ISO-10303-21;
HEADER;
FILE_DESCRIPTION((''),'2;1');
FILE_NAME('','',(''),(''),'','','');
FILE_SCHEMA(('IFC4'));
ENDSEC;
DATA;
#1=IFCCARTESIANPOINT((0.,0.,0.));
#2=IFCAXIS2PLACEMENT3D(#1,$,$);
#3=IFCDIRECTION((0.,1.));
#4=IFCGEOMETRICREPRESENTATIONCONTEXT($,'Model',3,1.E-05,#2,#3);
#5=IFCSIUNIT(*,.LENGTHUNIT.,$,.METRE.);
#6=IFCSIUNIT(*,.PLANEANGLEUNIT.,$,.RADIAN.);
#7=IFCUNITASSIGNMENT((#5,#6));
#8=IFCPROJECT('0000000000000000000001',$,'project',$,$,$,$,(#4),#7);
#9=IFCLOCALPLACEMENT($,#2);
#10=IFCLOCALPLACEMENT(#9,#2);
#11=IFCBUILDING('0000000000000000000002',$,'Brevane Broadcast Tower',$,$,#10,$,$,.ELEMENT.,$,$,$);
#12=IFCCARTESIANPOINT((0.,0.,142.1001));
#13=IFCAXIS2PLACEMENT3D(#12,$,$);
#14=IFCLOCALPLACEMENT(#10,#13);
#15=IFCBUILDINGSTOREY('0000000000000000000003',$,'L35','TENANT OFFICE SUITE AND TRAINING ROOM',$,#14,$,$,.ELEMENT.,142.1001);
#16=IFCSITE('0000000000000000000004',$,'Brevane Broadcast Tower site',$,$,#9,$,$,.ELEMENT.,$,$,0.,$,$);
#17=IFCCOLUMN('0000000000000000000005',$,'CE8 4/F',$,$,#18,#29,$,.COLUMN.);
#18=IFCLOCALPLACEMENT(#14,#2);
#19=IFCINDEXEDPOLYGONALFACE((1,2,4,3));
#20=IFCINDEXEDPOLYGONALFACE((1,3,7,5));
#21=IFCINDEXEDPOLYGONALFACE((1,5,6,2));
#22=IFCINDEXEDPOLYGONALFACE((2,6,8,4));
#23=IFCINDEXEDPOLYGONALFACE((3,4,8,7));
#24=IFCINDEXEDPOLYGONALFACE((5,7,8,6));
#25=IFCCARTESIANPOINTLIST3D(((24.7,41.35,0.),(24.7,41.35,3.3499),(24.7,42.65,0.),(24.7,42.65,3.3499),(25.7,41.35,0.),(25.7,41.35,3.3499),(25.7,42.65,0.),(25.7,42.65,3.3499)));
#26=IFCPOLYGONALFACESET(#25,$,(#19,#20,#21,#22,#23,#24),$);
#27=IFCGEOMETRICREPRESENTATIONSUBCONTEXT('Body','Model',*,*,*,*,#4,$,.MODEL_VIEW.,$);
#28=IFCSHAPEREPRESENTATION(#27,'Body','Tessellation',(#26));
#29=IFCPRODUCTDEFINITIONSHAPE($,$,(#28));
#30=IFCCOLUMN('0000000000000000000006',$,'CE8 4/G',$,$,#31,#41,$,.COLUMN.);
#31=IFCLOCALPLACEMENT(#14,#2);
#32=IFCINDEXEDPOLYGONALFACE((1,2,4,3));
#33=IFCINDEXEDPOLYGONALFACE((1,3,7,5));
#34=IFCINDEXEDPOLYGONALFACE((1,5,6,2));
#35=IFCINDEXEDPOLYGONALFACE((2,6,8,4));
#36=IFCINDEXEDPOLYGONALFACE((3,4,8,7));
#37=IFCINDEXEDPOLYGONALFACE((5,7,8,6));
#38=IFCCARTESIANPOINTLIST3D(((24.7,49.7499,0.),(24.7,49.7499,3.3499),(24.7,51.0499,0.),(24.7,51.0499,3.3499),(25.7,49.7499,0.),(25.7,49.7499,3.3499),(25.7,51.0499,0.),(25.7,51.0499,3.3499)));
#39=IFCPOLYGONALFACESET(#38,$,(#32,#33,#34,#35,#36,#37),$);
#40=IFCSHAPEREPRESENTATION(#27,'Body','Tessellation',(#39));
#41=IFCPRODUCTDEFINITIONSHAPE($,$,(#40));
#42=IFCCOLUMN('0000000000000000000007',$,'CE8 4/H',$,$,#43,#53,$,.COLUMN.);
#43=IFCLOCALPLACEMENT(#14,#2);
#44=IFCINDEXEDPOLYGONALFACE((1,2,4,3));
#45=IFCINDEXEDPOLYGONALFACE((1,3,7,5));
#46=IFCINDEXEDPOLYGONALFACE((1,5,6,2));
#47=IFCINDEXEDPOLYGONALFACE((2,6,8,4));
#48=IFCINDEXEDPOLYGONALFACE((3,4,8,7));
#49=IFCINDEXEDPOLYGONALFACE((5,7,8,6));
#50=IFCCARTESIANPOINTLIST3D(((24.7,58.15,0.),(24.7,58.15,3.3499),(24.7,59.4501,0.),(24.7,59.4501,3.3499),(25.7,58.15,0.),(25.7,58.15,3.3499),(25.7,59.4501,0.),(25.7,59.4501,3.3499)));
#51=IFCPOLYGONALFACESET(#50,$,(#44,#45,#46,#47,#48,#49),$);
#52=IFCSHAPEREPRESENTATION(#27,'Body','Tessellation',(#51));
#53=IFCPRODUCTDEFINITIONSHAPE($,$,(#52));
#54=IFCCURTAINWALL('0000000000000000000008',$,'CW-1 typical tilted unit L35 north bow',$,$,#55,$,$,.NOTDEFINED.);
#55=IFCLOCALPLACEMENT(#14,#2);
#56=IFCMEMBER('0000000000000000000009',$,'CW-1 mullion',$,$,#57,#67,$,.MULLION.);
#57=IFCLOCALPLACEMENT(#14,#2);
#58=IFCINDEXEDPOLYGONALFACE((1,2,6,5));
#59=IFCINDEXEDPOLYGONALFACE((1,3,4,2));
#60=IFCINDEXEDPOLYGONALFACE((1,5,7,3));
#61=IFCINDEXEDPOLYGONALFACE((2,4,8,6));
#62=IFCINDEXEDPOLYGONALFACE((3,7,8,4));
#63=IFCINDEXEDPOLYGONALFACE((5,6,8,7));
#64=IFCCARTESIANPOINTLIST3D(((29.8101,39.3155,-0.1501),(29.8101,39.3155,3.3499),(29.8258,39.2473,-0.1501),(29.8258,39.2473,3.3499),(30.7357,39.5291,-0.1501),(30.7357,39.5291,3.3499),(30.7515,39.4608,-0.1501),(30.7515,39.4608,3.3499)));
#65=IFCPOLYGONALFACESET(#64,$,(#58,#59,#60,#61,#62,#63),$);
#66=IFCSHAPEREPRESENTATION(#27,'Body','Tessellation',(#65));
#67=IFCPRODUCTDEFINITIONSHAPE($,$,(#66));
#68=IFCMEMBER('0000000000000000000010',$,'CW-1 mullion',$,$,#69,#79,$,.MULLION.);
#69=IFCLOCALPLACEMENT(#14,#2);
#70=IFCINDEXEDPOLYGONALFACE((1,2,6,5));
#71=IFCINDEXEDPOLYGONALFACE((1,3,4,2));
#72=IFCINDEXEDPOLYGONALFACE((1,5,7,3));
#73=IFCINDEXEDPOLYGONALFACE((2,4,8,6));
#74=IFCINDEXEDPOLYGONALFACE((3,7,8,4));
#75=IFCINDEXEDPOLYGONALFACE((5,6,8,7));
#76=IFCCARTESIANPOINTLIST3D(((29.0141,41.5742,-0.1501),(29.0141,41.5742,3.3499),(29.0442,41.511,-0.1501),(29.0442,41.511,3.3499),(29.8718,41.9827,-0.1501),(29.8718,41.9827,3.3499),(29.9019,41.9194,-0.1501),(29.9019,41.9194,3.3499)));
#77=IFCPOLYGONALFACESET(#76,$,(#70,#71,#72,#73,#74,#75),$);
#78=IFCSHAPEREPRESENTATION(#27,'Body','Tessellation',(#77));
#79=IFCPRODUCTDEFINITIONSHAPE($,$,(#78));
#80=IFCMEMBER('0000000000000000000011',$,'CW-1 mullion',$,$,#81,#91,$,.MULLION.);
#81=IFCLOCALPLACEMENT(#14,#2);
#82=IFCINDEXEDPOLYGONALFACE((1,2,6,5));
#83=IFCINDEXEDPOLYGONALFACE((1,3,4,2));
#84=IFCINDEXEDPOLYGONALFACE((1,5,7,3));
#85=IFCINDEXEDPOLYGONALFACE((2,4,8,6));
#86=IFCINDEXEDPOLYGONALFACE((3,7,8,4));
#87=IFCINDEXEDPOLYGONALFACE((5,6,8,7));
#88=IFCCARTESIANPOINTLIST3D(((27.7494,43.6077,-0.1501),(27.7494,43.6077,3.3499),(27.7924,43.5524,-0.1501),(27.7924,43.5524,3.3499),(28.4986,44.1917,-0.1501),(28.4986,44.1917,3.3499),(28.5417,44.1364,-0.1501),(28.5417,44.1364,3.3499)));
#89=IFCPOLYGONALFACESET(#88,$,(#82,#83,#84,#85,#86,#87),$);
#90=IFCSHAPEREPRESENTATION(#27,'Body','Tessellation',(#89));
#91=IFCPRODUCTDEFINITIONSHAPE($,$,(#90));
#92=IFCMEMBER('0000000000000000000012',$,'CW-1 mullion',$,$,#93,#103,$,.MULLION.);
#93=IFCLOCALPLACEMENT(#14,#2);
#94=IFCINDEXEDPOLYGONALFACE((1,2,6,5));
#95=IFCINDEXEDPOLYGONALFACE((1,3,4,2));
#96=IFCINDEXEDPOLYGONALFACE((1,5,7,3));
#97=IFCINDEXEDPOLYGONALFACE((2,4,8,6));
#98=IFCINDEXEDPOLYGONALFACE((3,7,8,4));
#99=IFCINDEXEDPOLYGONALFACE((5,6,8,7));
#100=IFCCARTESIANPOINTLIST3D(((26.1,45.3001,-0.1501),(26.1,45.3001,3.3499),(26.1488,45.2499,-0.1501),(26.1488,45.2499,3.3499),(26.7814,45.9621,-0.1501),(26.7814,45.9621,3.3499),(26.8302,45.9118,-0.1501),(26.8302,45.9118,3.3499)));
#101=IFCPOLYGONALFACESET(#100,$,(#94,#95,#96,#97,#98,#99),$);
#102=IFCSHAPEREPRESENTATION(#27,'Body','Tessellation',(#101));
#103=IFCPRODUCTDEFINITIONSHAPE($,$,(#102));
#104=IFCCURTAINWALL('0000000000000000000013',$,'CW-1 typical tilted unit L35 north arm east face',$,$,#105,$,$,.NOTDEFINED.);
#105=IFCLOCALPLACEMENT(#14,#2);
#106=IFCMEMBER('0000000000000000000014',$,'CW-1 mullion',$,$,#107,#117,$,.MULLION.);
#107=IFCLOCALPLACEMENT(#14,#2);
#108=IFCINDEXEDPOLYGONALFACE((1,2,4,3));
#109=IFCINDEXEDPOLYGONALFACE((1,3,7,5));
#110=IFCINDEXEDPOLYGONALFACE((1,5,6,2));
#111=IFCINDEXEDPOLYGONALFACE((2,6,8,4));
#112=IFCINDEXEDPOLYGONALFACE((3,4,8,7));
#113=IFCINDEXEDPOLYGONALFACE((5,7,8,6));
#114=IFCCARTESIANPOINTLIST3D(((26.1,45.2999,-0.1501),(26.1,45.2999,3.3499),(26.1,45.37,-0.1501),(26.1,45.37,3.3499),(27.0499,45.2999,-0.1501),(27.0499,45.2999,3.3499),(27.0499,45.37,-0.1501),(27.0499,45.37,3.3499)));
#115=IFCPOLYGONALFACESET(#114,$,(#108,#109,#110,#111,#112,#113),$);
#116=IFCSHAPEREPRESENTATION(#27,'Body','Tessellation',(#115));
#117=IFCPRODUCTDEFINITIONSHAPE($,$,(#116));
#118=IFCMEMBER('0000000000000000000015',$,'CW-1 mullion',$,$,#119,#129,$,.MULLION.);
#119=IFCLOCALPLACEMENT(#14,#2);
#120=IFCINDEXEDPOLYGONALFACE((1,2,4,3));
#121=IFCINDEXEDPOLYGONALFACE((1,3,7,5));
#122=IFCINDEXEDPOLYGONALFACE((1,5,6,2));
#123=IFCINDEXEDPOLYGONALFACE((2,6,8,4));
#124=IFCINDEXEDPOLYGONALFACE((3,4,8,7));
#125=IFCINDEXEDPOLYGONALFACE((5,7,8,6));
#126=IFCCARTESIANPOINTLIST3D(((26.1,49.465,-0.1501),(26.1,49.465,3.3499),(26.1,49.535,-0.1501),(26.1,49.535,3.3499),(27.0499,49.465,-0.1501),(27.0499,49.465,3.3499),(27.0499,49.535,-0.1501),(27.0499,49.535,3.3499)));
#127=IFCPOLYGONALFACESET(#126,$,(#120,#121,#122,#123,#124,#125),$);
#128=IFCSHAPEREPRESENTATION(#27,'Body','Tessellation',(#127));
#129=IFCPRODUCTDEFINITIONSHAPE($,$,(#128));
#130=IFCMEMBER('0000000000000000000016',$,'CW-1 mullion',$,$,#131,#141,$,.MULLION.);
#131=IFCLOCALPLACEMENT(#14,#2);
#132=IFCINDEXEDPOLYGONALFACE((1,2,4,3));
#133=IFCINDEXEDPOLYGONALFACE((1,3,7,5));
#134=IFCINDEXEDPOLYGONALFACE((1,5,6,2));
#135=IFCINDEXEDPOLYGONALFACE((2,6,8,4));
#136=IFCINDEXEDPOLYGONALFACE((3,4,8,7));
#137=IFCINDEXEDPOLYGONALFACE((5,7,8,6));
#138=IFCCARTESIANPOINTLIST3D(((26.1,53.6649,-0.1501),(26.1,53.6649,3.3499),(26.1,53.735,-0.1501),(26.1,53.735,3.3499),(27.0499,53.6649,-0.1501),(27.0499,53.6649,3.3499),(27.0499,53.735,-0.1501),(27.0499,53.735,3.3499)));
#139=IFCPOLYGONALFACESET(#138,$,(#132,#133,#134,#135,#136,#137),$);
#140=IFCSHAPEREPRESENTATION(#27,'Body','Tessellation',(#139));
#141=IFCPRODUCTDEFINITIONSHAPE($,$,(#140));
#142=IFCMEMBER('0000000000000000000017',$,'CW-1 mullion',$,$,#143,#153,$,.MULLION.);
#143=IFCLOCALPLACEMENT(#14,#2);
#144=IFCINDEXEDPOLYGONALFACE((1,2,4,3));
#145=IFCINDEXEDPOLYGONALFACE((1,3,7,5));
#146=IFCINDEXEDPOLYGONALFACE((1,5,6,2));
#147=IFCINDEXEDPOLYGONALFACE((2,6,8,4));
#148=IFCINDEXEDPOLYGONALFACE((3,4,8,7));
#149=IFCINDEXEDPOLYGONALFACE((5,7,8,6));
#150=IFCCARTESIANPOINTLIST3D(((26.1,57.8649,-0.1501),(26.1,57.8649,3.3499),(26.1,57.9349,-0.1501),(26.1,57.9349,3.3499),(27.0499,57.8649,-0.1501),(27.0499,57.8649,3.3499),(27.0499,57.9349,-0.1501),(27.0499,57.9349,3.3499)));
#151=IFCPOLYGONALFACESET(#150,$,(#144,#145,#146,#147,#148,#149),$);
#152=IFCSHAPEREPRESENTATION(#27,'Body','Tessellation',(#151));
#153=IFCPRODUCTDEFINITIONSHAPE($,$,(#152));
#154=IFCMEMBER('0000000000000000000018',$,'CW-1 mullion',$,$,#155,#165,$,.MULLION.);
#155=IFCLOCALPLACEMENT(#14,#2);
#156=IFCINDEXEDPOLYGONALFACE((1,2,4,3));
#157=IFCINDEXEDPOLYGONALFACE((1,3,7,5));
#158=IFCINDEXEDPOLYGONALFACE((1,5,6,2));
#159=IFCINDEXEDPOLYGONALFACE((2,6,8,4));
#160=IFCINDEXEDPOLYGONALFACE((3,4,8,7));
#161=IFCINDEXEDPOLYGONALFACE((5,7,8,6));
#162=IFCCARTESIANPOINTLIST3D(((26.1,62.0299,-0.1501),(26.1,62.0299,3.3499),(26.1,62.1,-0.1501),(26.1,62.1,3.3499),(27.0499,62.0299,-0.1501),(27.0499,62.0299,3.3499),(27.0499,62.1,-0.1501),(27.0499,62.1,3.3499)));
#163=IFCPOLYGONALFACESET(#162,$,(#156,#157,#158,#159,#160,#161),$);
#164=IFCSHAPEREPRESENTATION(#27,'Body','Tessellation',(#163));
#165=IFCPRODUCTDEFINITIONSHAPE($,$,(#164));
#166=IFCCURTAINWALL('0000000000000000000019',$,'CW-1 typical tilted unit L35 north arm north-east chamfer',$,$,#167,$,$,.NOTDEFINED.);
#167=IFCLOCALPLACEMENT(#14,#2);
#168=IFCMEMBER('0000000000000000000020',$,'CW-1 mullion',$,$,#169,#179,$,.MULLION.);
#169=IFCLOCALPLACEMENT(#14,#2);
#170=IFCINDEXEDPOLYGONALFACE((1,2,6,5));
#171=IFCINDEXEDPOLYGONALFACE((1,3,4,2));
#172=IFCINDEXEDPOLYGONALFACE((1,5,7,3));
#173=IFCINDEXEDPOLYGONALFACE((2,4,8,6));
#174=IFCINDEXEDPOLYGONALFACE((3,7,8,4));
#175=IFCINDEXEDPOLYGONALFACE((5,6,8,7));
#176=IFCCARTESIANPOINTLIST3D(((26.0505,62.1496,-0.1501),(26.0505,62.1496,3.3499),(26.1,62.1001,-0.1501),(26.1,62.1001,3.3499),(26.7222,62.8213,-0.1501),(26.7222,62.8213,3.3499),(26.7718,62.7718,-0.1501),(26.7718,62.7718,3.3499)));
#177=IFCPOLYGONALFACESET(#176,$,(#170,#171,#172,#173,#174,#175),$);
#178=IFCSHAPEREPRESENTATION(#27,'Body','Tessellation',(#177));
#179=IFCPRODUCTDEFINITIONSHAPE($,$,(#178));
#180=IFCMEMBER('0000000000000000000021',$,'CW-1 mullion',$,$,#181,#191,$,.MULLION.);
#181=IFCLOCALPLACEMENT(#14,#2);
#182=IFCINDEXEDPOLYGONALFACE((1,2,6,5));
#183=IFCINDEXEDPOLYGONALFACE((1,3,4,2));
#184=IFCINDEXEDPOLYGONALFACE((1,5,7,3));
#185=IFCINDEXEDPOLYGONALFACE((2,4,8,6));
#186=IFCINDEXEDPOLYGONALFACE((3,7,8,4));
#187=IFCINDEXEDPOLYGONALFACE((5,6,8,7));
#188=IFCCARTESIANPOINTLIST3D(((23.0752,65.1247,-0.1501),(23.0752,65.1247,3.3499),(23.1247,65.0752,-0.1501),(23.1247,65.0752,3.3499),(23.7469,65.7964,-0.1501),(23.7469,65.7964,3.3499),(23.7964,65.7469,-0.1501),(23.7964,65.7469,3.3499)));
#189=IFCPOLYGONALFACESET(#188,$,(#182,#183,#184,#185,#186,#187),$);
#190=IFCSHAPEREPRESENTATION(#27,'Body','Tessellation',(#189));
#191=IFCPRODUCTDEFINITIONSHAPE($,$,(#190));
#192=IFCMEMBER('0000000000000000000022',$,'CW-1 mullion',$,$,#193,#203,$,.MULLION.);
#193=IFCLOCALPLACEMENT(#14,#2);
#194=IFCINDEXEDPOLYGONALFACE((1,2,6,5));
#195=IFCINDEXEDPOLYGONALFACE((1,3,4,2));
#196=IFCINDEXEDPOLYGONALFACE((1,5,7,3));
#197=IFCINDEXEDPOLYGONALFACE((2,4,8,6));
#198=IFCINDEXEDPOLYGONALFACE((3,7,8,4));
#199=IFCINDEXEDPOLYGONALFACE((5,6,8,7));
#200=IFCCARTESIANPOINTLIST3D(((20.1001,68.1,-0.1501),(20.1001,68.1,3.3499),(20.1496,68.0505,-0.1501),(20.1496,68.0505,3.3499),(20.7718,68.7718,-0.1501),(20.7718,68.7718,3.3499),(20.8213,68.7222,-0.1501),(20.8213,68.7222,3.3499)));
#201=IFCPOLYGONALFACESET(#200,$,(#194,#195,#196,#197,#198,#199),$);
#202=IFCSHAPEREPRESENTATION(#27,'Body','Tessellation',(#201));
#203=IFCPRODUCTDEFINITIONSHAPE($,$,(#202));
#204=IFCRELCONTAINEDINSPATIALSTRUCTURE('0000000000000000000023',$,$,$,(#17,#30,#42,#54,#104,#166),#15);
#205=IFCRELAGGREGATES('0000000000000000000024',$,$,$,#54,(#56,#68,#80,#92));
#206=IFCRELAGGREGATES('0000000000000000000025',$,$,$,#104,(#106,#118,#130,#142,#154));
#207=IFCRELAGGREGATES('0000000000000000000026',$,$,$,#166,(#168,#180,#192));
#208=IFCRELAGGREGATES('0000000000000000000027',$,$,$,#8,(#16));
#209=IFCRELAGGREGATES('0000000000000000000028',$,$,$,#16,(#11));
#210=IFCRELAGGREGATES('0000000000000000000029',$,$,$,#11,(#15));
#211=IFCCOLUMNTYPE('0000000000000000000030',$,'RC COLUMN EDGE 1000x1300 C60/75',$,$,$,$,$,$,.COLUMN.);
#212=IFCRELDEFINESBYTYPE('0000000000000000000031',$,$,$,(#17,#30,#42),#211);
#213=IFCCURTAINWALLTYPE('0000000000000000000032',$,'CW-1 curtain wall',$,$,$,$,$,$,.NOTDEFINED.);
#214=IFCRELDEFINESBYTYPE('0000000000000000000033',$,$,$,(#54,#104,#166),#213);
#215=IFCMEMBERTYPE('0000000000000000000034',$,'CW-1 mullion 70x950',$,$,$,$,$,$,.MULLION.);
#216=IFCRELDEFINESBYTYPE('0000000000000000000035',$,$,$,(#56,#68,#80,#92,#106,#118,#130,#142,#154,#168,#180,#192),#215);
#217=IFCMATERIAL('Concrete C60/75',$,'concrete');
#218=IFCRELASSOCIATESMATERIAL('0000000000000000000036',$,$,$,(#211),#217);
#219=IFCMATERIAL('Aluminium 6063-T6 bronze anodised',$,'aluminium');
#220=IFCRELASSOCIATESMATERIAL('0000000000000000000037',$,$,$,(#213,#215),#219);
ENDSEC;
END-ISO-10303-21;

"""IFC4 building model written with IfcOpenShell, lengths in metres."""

from ifc_helpers import new_model, si_unit, direction, frame, origin, origin_2d, place, context, subcontext, project, spatial, rectangle, extrude, material, material_profile, profile_set, type_object, element, aggregate, save


model = new_model("IFC4")

# Units and contexts
model_context = context("Model", 3, precision=1e-05, world=origin(), true_north=direction((0.0, 1.0)))
body_context = subcontext(model_context, "Body", "Model", "MODEL_VIEW")
ifc_project = project(units=[si_unit("LENGTHUNIT", "METRE"), si_unit("PLANEANGLEUNIT", "RADIAN")], contexts=[model_context])

# Site, building, storey
site_placement = place(None, origin())
site = spatial("IfcSite", under=ifc_project, at=site_placement, Name="Brevane Broadcast Tower site", CompositionType="ELEMENT", RefElevation=0.0)
building_placement = place(site_placement, origin())
building = spatial("IfcBuilding", under=site, at=building_placement, Name="Brevane Broadcast Tower", CompositionType="ELEMENT")
storey_placement = place(building_placement, frame((0.0, 0.0, 142.1001)))
storey = spatial("IfcBuildingStorey", under=building, at=storey_placement, Name="L35", Description="TENANT OFFICE SUITE AND TRAINING ROOM", CompositionType="ELEMENT", Elevation=142.1001)

# Columns
ifc_material_1 = material(Name="Concrete C60/75", Category="concrete")
ifc_material_profile_1 = material_profile(ifc_material_1, rectangle(XDim=1.0, YDim=1.3, at=origin_2d()), Name="RC 1000x1300")
ifc_profile_set_1 = profile_set([ifc_material_profile_1], Name="Concrete C60/75")
column_type = type_object("IfcColumnType", Name="RC COLUMN EDGE 1000x1300 C60/75", PredefinedType="COLUMN", material=ifc_profile_set_1)
for number, where, z_axis, x_axis, name in (
    (1, (25.2, 42.0, 0.0), (0.0, 0.0, 1.0), (1.0, 0.0, 0.0), "CE8 4/F"),
    (2, (25.2, 50.3999, 0.0), (0.0, 0.0, 1.0), (1.0, 0.0, 0.0), "CE8 4/G"),
    (3, (25.2, 58.8, 0.0), (0.0, 0.0, 1.0), (1.0, 0.0, 0.0), "CE8 4/H"),
):
    element("IfcColumn", number, at=place(storey_placement, frame(where, z_axis=z_axis, x_axis=x_axis)), inside=storey, type_object=column_type, Name=name, PredefinedType="COLUMN", context=body_context, shape_type="SweptSolid", body=[
        extrude(rectangle(XDim=1.0, YDim=1.3, at=origin_2d()), origin(), (0.0, 0.0, 1.0), 3.3499),
    ])

# Curtain walls, members
ifc_material_2 = material(Name="Aluminium 6063-T6 bronze anodised", Category="aluminium")
curtain_wall_type = type_object("IfcCurtainWallType", Name="CW-1 curtain wall", PredefinedType="NOTDEFINED", material=ifc_material_2)
curtain_wall_1_placement = place(storey_placement, origin())
curtain_wall_1 = element("IfcCurtainWall", 4, at=curtain_wall_1_placement, inside=storey, type_object=curtain_wall_type, Name="CW-1 typical tilted unit L35 north bow", PredefinedType="NOTDEFINED")
ifc_material_profile_2 = material_profile(ifc_material_2, rectangle(XDim=0.95, YDim=0.0701, at=origin_2d()), Name="RECT 70x950")
ifc_profile_set_2 = profile_set([ifc_material_profile_2], Name="Aluminium 6063-T6 bronze anodised")
member_type_1 = type_object("IfcMemberType", Name="CW-1 mullion 70x950", PredefinedType="MULLION", material=ifc_profile_set_2)
member_1_placement = place(storey_placement, frame((30.2808, 39.3882, -0.1501), z_axis=(0.0, 0.0, 1.0), x_axis=(-0.974403, -0.224806, 0.0)))
member_1 = element("IfcMember", 5, at=member_1_placement, type_object=member_type_1, Name="CW-1 mullion", PredefinedType="MULLION", context=body_context, shape_type="SweptSolid", body=[
    extrude(rectangle(XDim=0.95, YDim=0.0701, at=origin_2d()), origin(), (0.0, 0.0, 1.0), 3.5),
])
member_2_placement = place(storey_placement, frame((29.458, 41.7468, -0.1501), z_axis=(0.0, 0.0, 1.0), x_axis=(-0.902861, -0.429934, 0.0)))
member_2 = element("IfcMember", 6, at=member_2_placement, type_object=member_type_1, Name="CW-1 mullion", PredefinedType="MULLION", context=body_context, shape_type="SweptSolid", body=[
    extrude(rectangle(XDim=0.95, YDim=0.0701, at=origin_2d()), origin(), (0.0, 0.0, 1.0), 3.5),
])
member_3_placement = place(storey_placement, frame((28.1455, 43.8721, -0.1501), z_axis=(0.0, 0.0, 1.0), x_axis=(-0.788707, -0.61477, 0.0)))
member_3 = element("IfcMember", 7, at=member_3_placement, type_object=member_type_1, Name="CW-1 mullion", PredefinedType="MULLION", context=body_context, shape_type="SweptSolid", body=[
    extrude(rectangle(XDim=0.95, YDim=0.0701, at=origin_2d()), origin(), (0.0, 0.0, 1.0), 3.5),
])
member_4_placement = place(storey_placement, frame((26.4651, 45.606, -0.1501), z_axis=(0.0, 0.0, 1.0), x_axis=(-0.717254, -0.696812, 0.0)))
member_4 = element("IfcMember", 8, at=member_4_placement, type_object=member_type_1, Name="CW-1 mullion", PredefinedType="MULLION", context=body_context, shape_type="SweptSolid", body=[
    extrude(rectangle(XDim=0.95, YDim=0.0701, at=origin_2d()), origin(), (0.0, 0.0, 1.0), 3.5),
])
curtain_wall_2_placement = place(storey_placement, origin())
curtain_wall_2 = element("IfcCurtainWall", 9, at=curtain_wall_2_placement, inside=storey, type_object=curtain_wall_type, Name="CW-1 typical tilted unit L35 north arm east face", PredefinedType="NOTDEFINED")
member_5_placement = place(storey_placement, frame((26.575, 45.335, -0.1501), z_axis=(0.0, 0.0, 1.0), x_axis=(-1.0, 0.0, 0.0)))
member_5 = element("IfcMember", 10, at=member_5_placement, type_object=member_type_1, Name="CW-1 mullion", PredefinedType="MULLION", context=body_context, shape_type="SweptSolid", body=[
    extrude(rectangle(XDim=0.95, YDim=0.0701, at=origin_2d()), origin(), (0.0, 0.0, 1.0), 3.5),
])
member_6_placement = place(storey_placement, frame((26.575, 49.5, -0.1501), z_axis=(0.0, 0.0, 1.0), x_axis=(-1.0, 0.0, 0.0)))
member_6 = element("IfcMember", 11, at=member_6_placement, type_object=member_type_1, Name="CW-1 mullion", PredefinedType="MULLION", context=body_context, shape_type="SweptSolid", body=[
    extrude(rectangle(XDim=0.95, YDim=0.0701, at=origin_2d()), origin(), (0.0, 0.0, 1.0), 3.5),
])
member_7_placement = place(storey_placement, frame((26.575, 53.7, -0.1501), z_axis=(0.0, 0.0, 1.0), x_axis=(-1.0, 0.0, 0.0)))
member_7 = element("IfcMember", 12, at=member_7_placement, type_object=member_type_1, Name="CW-1 mullion", PredefinedType="MULLION", context=body_context, shape_type="SweptSolid", body=[
    extrude(rectangle(XDim=0.95, YDim=0.0701, at=origin_2d()), origin(), (0.0, 0.0, 1.0), 3.5),
])
member_8_placement = place(storey_placement, frame((26.575, 57.8999, -0.1501), z_axis=(0.0, 0.0, 1.0), x_axis=(-1.0, 0.0, 0.0)))
member_8 = element("IfcMember", 13, at=member_8_placement, type_object=member_type_1, Name="CW-1 mullion", PredefinedType="MULLION", context=body_context, shape_type="SweptSolid", body=[
    extrude(rectangle(XDim=0.95, YDim=0.0701, at=origin_2d()), origin(), (0.0, 0.0, 1.0), 3.5),
])
member_9_placement = place(storey_placement, frame((26.575, 62.0649, -0.1501), z_axis=(0.0, 0.0, 1.0), x_axis=(-1.0, 0.0, 0.0)))
member_9 = element("IfcMember", 14, at=member_9_placement, type_object=member_type_1, Name="CW-1 mullion", PredefinedType="MULLION", context=body_context, shape_type="SweptSolid", body=[
    extrude(rectangle(XDim=0.95, YDim=0.0701, at=origin_2d()), origin(), (0.0, 0.0, 1.0), 3.5),
])
curtain_wall_3_placement = place(storey_placement, origin())
curtain_wall_3 = element("IfcCurtainWall", 15, at=curtain_wall_3_placement, inside=storey, type_object=curtain_wall_type, Name="CW-1 typical tilted unit L35 north arm north-east chamfer", PredefinedType="NOTDEFINED")
member_10_placement = place(storey_placement, frame((26.4111, 62.4607, -0.1501), z_axis=(0.0, 0.0, 1.0), x_axis=(-0.707107, -0.707107, 0.0)))
member_10 = element("IfcMember", 16, at=member_10_placement, type_object=member_type_1, Name="CW-1 mullion", PredefinedType="MULLION", context=body_context, shape_type="SweptSolid", body=[
    extrude(rectangle(XDim=0.95, YDim=0.0701, at=origin_2d()), origin(), (0.0, 0.0, 1.0), 3.5),
])
member_11_placement = place(storey_placement, frame((23.4358, 65.4358, -0.1501), z_axis=(0.0, 0.0, 1.0), x_axis=(-0.707107, -0.707107, 0.0)))
member_11 = element("IfcMember", 17, at=member_11_placement, type_object=member_type_1, Name="CW-1 mullion", PredefinedType="MULLION", context=body_context, shape_type="SweptSolid", body=[
    extrude(rectangle(XDim=0.95, YDim=0.0701, at=origin_2d()), origin(), (0.0, 0.0, 1.0), 3.5),
])
member_12_placement = place(storey_placement, frame((20.4607, 68.4111, -0.1501), z_axis=(0.0, 0.0, 1.0), x_axis=(-0.707107, -0.707107, 0.0)))
member_12 = element("IfcMember", 18, at=member_12_placement, type_object=member_type_1, Name="CW-1 mullion", PredefinedType="MULLION", context=body_context, shape_type="SweptSolid", body=[
    extrude(rectangle(XDim=0.95, YDim=0.0701, at=origin_2d()), origin(), (0.0, 0.0, 1.0), 3.5),
])

aggregate(curtain_wall_1, [member_1, member_2, member_3, member_4])
aggregate(curtain_wall_2, [member_5, member_6, member_7, member_8, member_9])
aggregate(curtain_wall_3, [member_10, member_11, member_12])

save(model, "model.ifc")
